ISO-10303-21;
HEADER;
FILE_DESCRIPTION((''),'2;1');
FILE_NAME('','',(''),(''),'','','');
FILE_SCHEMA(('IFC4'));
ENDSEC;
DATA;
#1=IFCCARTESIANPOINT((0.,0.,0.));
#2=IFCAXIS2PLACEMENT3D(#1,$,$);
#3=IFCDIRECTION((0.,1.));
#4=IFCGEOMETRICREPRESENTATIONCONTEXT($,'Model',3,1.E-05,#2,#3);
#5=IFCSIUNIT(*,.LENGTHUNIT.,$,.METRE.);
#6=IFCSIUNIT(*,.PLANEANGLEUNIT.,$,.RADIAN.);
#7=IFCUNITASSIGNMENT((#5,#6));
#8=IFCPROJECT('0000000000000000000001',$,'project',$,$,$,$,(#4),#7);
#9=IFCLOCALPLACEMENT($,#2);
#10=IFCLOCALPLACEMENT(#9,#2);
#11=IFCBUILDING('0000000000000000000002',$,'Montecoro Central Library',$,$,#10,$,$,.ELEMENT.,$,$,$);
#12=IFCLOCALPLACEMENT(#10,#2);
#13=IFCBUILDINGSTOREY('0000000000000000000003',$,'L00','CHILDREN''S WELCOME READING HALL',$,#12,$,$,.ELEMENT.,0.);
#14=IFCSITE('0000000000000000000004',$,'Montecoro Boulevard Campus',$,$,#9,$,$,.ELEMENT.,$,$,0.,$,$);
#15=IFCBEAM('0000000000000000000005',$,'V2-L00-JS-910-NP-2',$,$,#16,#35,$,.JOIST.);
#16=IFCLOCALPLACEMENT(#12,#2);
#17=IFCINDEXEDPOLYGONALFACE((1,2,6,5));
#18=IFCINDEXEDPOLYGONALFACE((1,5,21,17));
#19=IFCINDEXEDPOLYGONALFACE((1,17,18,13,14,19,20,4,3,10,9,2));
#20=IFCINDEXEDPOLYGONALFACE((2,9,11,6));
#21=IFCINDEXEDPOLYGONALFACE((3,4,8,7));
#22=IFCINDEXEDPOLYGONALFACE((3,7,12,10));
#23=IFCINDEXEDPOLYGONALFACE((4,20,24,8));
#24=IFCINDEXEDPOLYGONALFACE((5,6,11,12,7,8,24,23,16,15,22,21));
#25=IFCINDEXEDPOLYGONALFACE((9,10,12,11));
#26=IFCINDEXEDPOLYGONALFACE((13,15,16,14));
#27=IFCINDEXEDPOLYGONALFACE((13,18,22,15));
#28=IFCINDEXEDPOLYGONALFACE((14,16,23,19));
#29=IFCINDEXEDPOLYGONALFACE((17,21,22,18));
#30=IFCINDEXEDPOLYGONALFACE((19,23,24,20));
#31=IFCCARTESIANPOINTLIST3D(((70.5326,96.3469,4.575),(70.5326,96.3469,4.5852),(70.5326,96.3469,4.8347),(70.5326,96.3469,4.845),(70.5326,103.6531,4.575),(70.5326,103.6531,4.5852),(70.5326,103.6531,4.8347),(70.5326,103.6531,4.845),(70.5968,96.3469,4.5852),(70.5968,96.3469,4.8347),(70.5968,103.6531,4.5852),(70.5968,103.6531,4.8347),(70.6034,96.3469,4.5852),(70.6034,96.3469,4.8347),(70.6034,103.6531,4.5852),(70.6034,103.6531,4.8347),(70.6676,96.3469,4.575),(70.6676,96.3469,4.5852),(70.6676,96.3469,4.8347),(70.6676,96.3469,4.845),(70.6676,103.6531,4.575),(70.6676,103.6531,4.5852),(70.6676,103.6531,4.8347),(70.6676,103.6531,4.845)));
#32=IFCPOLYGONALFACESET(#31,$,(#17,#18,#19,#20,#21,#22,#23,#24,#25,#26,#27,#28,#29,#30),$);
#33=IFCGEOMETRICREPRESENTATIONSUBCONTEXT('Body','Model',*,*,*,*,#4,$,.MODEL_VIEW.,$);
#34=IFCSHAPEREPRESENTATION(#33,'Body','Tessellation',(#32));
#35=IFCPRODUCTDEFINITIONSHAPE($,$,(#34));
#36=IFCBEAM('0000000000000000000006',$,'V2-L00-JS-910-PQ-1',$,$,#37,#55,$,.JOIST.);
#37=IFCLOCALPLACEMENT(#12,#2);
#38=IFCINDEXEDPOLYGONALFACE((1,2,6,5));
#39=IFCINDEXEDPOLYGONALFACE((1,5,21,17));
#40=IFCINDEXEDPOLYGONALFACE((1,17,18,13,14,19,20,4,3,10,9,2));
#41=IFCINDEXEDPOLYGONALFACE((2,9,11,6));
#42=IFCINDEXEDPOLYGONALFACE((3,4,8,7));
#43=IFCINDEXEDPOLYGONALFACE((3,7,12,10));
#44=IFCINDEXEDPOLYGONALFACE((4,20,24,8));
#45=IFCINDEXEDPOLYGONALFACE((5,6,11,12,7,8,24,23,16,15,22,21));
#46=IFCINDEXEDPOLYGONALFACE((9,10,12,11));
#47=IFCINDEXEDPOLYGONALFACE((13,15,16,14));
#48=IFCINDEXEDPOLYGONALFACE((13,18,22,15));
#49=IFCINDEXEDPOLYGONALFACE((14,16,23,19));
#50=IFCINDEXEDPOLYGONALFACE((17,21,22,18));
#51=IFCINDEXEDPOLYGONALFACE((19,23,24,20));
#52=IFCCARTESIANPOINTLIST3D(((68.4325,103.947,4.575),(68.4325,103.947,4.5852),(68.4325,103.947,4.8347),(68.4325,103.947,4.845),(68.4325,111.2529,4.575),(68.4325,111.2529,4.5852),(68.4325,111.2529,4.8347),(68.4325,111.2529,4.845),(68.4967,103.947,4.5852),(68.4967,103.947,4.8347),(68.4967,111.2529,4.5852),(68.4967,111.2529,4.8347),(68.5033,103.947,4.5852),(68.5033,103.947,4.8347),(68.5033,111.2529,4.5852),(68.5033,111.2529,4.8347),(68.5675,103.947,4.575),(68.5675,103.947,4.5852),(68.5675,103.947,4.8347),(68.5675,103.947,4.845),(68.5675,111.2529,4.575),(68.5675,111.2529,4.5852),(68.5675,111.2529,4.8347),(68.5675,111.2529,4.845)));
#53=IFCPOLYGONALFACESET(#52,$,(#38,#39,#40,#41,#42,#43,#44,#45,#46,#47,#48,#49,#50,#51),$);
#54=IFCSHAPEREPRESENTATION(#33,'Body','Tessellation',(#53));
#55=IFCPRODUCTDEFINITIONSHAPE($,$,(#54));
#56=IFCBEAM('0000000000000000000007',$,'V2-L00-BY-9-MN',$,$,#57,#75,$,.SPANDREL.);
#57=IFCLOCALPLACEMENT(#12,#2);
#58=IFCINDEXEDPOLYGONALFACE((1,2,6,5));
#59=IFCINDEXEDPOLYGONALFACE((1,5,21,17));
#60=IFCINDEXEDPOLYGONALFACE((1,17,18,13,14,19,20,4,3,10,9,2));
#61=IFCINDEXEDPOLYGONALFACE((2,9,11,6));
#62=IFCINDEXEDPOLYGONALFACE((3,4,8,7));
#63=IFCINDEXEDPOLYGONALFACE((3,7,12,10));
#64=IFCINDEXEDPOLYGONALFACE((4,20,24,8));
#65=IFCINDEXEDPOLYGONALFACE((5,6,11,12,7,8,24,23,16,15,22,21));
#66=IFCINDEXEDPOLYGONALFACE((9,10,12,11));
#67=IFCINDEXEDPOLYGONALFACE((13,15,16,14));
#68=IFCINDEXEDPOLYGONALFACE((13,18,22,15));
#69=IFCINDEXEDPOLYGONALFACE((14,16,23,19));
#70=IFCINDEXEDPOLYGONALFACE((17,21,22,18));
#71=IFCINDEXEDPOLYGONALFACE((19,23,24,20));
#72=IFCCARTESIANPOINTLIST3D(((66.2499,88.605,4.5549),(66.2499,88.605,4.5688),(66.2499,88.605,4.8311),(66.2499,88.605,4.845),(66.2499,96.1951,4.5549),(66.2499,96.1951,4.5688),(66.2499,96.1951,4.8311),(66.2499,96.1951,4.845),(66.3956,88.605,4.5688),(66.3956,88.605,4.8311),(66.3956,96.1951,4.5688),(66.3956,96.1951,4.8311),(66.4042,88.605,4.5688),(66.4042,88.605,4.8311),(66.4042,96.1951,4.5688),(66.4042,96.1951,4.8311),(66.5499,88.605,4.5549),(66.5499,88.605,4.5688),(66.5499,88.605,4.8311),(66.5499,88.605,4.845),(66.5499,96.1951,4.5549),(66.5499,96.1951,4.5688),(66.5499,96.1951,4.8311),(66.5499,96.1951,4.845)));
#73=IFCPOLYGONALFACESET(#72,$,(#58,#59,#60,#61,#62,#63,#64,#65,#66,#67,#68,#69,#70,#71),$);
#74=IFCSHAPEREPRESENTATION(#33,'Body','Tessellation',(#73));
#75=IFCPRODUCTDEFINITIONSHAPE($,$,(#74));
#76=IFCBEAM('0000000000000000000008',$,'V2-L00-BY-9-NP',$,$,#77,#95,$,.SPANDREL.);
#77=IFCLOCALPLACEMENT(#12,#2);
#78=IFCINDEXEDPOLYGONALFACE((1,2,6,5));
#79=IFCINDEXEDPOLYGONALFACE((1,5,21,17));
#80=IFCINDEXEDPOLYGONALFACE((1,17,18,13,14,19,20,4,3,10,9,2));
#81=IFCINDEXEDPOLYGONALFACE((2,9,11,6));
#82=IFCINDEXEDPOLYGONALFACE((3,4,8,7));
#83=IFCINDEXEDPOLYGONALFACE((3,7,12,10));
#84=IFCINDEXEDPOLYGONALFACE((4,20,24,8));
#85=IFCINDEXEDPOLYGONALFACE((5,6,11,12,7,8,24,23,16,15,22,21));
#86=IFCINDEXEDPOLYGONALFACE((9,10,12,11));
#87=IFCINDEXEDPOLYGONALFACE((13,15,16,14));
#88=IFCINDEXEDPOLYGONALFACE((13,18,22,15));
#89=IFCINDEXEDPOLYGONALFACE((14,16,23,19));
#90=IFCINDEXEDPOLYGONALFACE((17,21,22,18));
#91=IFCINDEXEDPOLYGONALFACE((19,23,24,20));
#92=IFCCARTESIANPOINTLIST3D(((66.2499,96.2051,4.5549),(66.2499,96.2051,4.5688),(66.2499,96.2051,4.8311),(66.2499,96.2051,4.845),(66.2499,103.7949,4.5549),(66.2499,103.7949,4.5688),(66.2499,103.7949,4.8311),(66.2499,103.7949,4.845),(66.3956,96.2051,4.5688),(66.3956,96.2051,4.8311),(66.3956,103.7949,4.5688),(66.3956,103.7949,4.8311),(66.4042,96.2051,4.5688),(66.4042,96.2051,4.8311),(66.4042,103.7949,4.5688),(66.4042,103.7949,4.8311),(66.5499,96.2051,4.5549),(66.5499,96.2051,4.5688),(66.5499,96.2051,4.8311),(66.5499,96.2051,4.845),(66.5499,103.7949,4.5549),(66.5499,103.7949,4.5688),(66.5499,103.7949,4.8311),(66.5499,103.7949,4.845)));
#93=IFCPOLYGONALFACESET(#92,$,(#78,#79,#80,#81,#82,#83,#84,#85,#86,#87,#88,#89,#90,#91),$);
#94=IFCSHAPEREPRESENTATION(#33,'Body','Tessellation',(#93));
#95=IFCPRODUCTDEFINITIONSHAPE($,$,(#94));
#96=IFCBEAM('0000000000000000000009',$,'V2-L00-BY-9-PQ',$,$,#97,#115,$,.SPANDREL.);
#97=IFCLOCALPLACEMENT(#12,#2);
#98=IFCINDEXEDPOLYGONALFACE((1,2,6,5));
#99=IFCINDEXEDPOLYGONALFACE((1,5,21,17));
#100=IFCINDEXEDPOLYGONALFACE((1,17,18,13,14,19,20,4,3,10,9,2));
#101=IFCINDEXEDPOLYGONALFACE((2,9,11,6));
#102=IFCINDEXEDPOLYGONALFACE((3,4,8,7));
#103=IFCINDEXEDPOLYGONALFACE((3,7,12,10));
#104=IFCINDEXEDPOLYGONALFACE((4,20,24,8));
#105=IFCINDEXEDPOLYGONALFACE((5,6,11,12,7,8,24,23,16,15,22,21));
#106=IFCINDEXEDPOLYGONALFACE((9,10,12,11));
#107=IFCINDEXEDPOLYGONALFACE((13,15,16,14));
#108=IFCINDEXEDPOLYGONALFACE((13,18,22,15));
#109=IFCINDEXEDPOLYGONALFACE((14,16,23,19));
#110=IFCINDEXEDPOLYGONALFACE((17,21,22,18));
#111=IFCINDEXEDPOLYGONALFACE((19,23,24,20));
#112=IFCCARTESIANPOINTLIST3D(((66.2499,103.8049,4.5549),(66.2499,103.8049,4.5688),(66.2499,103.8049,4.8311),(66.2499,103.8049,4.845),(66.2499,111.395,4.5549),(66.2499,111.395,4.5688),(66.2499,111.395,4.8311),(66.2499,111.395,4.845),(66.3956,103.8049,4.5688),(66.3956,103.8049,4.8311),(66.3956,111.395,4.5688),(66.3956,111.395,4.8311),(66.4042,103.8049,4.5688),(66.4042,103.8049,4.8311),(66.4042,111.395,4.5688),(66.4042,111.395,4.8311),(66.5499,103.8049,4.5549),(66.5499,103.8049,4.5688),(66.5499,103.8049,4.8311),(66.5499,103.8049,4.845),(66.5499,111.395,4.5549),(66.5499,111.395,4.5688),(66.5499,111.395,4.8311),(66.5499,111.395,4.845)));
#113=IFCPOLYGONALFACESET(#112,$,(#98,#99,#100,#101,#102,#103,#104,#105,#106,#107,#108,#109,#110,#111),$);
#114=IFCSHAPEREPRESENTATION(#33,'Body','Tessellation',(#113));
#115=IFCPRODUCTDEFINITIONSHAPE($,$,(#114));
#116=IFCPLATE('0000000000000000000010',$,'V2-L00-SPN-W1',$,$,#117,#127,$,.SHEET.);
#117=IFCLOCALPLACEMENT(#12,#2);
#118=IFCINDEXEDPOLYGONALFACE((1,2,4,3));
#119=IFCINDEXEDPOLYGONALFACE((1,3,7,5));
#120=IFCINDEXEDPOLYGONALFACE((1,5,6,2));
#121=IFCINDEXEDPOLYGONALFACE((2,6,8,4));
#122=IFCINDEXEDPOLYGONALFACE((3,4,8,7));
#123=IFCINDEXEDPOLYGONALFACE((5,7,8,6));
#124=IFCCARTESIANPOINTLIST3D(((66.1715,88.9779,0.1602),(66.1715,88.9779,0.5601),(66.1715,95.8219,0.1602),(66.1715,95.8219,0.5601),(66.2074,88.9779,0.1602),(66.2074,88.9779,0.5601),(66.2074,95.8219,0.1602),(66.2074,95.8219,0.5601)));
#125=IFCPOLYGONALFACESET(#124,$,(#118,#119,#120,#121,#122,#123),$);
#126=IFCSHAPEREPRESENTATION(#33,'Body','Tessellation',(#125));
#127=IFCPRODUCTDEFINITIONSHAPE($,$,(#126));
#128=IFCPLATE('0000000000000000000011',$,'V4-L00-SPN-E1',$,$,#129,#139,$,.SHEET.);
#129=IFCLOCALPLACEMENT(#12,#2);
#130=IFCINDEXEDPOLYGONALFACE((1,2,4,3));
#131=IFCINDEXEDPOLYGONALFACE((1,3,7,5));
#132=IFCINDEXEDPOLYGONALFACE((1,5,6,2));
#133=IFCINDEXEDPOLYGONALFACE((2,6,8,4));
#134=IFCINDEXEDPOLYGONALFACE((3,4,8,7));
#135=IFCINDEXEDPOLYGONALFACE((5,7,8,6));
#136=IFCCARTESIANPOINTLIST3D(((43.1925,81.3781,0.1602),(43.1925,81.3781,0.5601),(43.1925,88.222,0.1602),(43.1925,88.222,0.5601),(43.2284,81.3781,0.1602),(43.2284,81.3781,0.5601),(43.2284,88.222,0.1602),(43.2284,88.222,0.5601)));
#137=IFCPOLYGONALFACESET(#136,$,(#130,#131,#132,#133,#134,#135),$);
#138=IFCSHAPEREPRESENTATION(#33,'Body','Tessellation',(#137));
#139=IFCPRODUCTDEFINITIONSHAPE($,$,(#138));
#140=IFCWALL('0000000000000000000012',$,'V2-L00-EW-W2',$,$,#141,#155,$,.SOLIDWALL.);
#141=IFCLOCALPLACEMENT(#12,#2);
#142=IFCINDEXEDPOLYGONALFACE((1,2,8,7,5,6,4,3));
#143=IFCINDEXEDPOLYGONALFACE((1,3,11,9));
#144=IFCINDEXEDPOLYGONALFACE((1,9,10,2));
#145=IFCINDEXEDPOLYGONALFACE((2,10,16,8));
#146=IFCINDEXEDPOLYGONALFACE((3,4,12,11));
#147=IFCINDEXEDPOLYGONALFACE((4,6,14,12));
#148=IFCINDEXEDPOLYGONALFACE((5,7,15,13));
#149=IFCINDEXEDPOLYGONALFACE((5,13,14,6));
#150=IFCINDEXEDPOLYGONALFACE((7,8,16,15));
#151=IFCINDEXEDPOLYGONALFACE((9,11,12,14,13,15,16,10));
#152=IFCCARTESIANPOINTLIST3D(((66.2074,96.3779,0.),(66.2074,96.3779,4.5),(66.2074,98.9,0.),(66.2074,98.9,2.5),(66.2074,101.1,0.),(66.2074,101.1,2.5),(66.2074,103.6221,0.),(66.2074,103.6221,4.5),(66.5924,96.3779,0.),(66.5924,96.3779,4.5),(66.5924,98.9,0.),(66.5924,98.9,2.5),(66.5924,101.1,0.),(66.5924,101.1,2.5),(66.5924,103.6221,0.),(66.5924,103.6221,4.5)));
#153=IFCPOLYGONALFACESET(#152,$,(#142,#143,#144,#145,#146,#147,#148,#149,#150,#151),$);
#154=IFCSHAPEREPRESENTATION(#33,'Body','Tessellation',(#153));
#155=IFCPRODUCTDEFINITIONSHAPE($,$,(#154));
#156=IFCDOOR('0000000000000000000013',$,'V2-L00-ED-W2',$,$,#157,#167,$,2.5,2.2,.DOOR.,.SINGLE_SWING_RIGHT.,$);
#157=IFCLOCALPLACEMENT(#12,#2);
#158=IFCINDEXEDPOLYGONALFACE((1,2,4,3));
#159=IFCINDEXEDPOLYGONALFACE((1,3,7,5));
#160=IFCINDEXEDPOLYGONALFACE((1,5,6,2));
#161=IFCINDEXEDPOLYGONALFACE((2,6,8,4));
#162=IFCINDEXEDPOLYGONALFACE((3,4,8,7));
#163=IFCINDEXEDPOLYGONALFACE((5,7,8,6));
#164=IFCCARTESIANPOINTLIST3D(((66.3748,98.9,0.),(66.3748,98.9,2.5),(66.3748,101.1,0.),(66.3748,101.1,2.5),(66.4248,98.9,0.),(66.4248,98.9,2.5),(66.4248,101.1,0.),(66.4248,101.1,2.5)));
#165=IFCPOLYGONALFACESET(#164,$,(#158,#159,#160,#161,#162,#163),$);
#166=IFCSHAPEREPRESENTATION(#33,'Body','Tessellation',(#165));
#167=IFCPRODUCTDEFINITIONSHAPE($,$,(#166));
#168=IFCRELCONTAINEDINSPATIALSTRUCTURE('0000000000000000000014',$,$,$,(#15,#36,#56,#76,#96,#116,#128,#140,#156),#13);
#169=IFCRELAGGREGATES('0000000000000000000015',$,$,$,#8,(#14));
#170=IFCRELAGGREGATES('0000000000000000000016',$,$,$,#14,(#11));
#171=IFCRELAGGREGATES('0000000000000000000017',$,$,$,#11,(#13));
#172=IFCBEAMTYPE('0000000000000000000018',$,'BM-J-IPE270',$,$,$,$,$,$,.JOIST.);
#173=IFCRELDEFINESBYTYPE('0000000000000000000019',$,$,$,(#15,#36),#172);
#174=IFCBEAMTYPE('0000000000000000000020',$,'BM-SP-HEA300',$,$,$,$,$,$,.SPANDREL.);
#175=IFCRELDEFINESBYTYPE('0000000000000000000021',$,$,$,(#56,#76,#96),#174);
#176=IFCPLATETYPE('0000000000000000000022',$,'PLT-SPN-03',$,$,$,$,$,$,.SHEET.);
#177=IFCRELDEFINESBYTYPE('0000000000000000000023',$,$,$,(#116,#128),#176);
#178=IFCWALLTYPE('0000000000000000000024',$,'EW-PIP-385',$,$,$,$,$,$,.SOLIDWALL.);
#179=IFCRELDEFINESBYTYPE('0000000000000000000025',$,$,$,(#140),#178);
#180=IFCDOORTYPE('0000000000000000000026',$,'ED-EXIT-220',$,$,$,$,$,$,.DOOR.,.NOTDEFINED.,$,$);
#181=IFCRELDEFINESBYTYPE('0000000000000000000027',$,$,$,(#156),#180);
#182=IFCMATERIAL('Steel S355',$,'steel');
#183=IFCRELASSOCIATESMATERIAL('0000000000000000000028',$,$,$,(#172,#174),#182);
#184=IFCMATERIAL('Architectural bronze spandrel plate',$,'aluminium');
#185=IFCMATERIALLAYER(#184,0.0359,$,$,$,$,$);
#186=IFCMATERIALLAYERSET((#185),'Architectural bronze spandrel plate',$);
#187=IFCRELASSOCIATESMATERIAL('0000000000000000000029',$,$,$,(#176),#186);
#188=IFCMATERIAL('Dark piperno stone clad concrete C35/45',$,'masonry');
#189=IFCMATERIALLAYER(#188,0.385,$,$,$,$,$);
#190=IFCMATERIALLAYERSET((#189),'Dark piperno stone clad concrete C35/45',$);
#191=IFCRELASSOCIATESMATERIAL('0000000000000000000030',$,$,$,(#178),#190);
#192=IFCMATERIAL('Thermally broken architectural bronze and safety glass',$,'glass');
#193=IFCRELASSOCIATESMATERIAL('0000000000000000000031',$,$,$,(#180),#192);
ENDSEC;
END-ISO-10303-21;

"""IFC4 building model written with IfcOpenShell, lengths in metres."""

from ifc_helpers import new_model, si_unit, direction, frame, frame_2d, origin, origin_2d, place, context, subcontext, project, spatial, rectangle, i_section, extrude, material, layer, layer_set, material_profile, profile_set, type_object, element, fill, save


model = new_model("IFC4")

# Units and contexts
model_context = context("Model", 3, precision=1e-05, world=origin(), true_north=direction((0.0, 1.0)))
body_context = subcontext(model_context, "Body", "Model", "MODEL_VIEW")
ifc_project = project(units=[si_unit("LENGTHUNIT", "METRE"), si_unit("PLANEANGLEUNIT", "RADIAN")], contexts=[model_context])

# Site, building, storey
site_placement = place(None, origin())
site = spatial("IfcSite", under=ifc_project, at=site_placement, Name="Montecoro Boulevard Campus", CompositionType="ELEMENT", RefElevation=0.0)
building_placement = place(site_placement, origin())
building = spatial("IfcBuilding", under=site, at=building_placement, Name="Montecoro Central Library", CompositionType="ELEMENT")
storey_placement = place(building_placement, origin())
storey = spatial("IfcBuildingStorey", under=building, at=storey_placement, Name="L00", Description="CHILDREN'S WELCOME READING HALL", CompositionType="ELEMENT", Elevation=0.0)

# Beams
ifc_material_1 = material(Name="Steel S355", Category="steel")
ifc_material_profile_1 = material_profile(ifc_material_1, i_section(OverallWidth=0.135, OverallDepth=0.27, WebThickness=0.0066, FlangeThickness=0.0103, at=origin_2d()), Name="IPE 270")
ifc_profile_set_1 = profile_set([ifc_material_profile_1], Name="Steel S355")
beam_type_1 = type_object("IfcBeamType", Name="BM-J-IPE270", PredefinedType="JOIST", material=ifc_profile_set_1)
for number, where, z_axis, x_axis, name in (
    (1, (70.6001, 96.3469, 4.71), (0.0, 1.0, 0.0), (-1.0, 0.0, 0.0), "V2-L00-JS-910-NP-2"),
):
    element("IfcBeam", number, at=place(storey_placement, frame(where, z_axis=z_axis, x_axis=x_axis)), inside=storey, type_object=beam_type_1, Name=name, PredefinedType="JOIST", context=body_context, shape_type="SweptSolid", body=[
        extrude(i_section(OverallWidth=0.135, OverallDepth=0.27, WebThickness=0.0066, FlangeThickness=0.0103, at=origin_2d()), origin(), (0.0, 0.0, 1.0), 7.3062),
    ])
beam_1_placement = place(storey_placement, frame((68.5, 103.947, 4.71), z_axis=(0.0, 1.0, 0.0), x_axis=(-1.0, 0.0, 0.0)))
element("IfcBeam", 2, at=beam_1_placement, inside=storey, type_object=beam_type_1, Name="V2-L00-JS-910-PQ-1", PredefinedType="JOIST", context=body_context, shape_type="SweptSolid", body=[
    extrude(i_section(OverallWidth=0.135, OverallDepth=0.27, WebThickness=0.0066, FlangeThickness=0.0103, at=origin_2d()), origin(), (0.0, 0.0, 1.0), 7.3059),
])
ifc_material_profile_2 = material_profile(ifc_material_1, i_section(OverallWidth=0.3, OverallDepth=0.29, WebThickness=0.0085, FlangeThickness=0.0139, at=origin_2d()), Name="HEA 300")
ifc_profile_set_2 = profile_set([ifc_material_profile_2], Name="Steel S355")
beam_type_2 = type_object("IfcBeamType", Name="BM-SP-HEA300", PredefinedType="SPANDREL", material=ifc_profile_set_2)
beam_2_placement = place(storey_placement, frame((66.3999, 88.605, 4.7), z_axis=(0.0, 1.0, 0.0), x_axis=(-1.0, 0.0, 0.0)))
element("IfcBeam", 3, at=beam_2_placement, inside=storey, type_object=beam_type_2, Name="V2-L00-BY-9-MN", PredefinedType="SPANDREL", context=body_context, shape_type="SweptSolid", body=[
    extrude(i_section(OverallWidth=0.3, OverallDepth=0.29, WebThickness=0.0085, FlangeThickness=0.0139, at=origin_2d()), origin(), (0.0, 0.0, 1.0), 7.5901),
])
beam_3_placement = place(storey_placement, frame((66.3999, 96.2051, 4.7), z_axis=(0.0, 1.0, 0.0), x_axis=(-1.0, 0.0, 0.0)))
element("IfcBeam", 4, at=beam_3_placement, inside=storey, type_object=beam_type_2, Name="V2-L00-BY-9-NP", PredefinedType="SPANDREL", context=body_context, shape_type="SweptSolid", body=[
    extrude(i_section(OverallWidth=0.3, OverallDepth=0.29, WebThickness=0.0085, FlangeThickness=0.0139, at=origin_2d()), origin(), (0.0, 0.0, 1.0), 7.5898),
])
beam_4_placement = place(storey_placement, frame((66.3999, 103.8049, 4.7), z_axis=(0.0, 1.0, 0.0), x_axis=(-1.0, 0.0, 0.0)))
element("IfcBeam", 5, at=beam_4_placement, inside=storey, type_object=beam_type_2, Name="V2-L00-BY-9-PQ", PredefinedType="SPANDREL", context=body_context, shape_type="SweptSolid", body=[
    extrude(i_section(OverallWidth=0.3, OverallDepth=0.29, WebThickness=0.0085, FlangeThickness=0.0139, at=origin_2d()), origin(), (0.0, 0.0, 1.0), 7.5901),
])

# Plates
ifc_material_2 = material(Name="Architectural bronze spandrel plate", Category="aluminium")
ifc_layer_1 = layer(ifc_material_2, 0.0359)
ifc_layer_set_1 = layer_set([ifc_layer_1], Name="Architectural bronze spandrel plate")
plate_type = type_object("IfcPlateType", Name="PLT-SPN-03", PredefinedType="SHEET", material=ifc_layer_set_1)
for number, where, z_axis, x_axis, name in (
    (6, (66.1895, 92.3999, 0.1602), (0.0, 0.0, 1.0), (0.0, -1.0, 0.0), "V2-L00-SPN-W1"),
    (7, (43.2104, 84.8, 0.1602), (0.0, 0.0, 1.0), (0.0, 1.0, 0.0), "V4-L00-SPN-E1"),
):
    element("IfcPlate", number, at=place(storey_placement, frame(where, z_axis=z_axis, x_axis=x_axis)), inside=storey, type_object=plate_type, Name=name, PredefinedType="SHEET", context=body_context, shape_type="SweptSolid", body=[
        extrude(rectangle(XDim=6.844, YDim=0.0359, at=origin_2d()), origin(), (0.0, 0.0, 1.0), 0.3999),
    ])

# Wall, opening, door
ifc_material_3 = material(Name="Dark piperno stone clad concrete C35/45", Category="masonry")
ifc_layer_2 = layer(ifc_material_3, 0.385)
ifc_layer_set_2 = layer_set([ifc_layer_2], Name="Dark piperno stone clad concrete C35/45")
wall_type = type_object("IfcWallType", Name="EW-PIP-385", PredefinedType="SOLIDWALL", material=ifc_layer_set_2)
wall_1_placement = place(storey_placement, frame((66.3999, 103.6221, 0.0), z_axis=(0.0, 0.0, 1.0), x_axis=(0.0, -1.0, 0.0)))
wall_1 = element("IfcWall", 8, at=wall_1_placement, inside=storey, type_object=wall_type, Name="V2-L00-EW-W2", PredefinedType="SOLIDWALL", context=body_context, shape_type="SweptSolid", body=[
    extrude(rectangle(XDim=7.2441, YDim=0.385, at=frame_2d((3.6221, 0.0))), origin(), (0.0, 0.0, 1.0), 4.5),
])
opening_1_placement = place(wall_1_placement, frame((2.522, 0.0, 0.0)))
opening_1 = element("IfcOpeningElement", 9, at=opening_1_placement, cuts=wall_1, PredefinedType="OPENING", context=body_context, shape_type="SweptSolid", body=[
    extrude(rectangle(XDim=2.2, YDim=2.5, at=frame_2d((1.1001, 1.25))), frame((0.0, 0.2024, 0.0), z_axis=(0.0, -1.0, 0.0), x_axis=(1.0, 0.0, 0.0)), (0.0, 0.0, 1.0), 0.405),
])
ifc_material_4 = material(Name="Thermally broken architectural bronze and safety glass", Category="glass")
door_type_1 = type_object("IfcDoorType", Name="ED-EXIT-220", OperationType="NOTDEFINED", PredefinedType="DOOR", material=ifc_material_4)
door_1_placement = place(opening_1_placement, origin())
door_1 = element("IfcDoor", 10, at=door_1_placement, inside=storey, type_object=door_type_1, Name="V2-L00-ED-W2", OperationType="SINGLE_SWING_RIGHT", OverallHeight=2.5, OverallWidth=2.2, PredefinedType="DOOR", context=body_context, shape_type="SweptSolid", body=[
    extrude(rectangle(XDim=2.2, YDim=2.5, at=frame_2d((1.1001, 1.25))), frame((0.0, 0.0249, 0.0), z_axis=(0.0, -1.0, 0.0), x_axis=(1.0, 0.0, 0.0)), (0.0, 0.0, 1.0), 0.05),
])
fill(opening_1, door_1)

save(model, "model.ifc")
